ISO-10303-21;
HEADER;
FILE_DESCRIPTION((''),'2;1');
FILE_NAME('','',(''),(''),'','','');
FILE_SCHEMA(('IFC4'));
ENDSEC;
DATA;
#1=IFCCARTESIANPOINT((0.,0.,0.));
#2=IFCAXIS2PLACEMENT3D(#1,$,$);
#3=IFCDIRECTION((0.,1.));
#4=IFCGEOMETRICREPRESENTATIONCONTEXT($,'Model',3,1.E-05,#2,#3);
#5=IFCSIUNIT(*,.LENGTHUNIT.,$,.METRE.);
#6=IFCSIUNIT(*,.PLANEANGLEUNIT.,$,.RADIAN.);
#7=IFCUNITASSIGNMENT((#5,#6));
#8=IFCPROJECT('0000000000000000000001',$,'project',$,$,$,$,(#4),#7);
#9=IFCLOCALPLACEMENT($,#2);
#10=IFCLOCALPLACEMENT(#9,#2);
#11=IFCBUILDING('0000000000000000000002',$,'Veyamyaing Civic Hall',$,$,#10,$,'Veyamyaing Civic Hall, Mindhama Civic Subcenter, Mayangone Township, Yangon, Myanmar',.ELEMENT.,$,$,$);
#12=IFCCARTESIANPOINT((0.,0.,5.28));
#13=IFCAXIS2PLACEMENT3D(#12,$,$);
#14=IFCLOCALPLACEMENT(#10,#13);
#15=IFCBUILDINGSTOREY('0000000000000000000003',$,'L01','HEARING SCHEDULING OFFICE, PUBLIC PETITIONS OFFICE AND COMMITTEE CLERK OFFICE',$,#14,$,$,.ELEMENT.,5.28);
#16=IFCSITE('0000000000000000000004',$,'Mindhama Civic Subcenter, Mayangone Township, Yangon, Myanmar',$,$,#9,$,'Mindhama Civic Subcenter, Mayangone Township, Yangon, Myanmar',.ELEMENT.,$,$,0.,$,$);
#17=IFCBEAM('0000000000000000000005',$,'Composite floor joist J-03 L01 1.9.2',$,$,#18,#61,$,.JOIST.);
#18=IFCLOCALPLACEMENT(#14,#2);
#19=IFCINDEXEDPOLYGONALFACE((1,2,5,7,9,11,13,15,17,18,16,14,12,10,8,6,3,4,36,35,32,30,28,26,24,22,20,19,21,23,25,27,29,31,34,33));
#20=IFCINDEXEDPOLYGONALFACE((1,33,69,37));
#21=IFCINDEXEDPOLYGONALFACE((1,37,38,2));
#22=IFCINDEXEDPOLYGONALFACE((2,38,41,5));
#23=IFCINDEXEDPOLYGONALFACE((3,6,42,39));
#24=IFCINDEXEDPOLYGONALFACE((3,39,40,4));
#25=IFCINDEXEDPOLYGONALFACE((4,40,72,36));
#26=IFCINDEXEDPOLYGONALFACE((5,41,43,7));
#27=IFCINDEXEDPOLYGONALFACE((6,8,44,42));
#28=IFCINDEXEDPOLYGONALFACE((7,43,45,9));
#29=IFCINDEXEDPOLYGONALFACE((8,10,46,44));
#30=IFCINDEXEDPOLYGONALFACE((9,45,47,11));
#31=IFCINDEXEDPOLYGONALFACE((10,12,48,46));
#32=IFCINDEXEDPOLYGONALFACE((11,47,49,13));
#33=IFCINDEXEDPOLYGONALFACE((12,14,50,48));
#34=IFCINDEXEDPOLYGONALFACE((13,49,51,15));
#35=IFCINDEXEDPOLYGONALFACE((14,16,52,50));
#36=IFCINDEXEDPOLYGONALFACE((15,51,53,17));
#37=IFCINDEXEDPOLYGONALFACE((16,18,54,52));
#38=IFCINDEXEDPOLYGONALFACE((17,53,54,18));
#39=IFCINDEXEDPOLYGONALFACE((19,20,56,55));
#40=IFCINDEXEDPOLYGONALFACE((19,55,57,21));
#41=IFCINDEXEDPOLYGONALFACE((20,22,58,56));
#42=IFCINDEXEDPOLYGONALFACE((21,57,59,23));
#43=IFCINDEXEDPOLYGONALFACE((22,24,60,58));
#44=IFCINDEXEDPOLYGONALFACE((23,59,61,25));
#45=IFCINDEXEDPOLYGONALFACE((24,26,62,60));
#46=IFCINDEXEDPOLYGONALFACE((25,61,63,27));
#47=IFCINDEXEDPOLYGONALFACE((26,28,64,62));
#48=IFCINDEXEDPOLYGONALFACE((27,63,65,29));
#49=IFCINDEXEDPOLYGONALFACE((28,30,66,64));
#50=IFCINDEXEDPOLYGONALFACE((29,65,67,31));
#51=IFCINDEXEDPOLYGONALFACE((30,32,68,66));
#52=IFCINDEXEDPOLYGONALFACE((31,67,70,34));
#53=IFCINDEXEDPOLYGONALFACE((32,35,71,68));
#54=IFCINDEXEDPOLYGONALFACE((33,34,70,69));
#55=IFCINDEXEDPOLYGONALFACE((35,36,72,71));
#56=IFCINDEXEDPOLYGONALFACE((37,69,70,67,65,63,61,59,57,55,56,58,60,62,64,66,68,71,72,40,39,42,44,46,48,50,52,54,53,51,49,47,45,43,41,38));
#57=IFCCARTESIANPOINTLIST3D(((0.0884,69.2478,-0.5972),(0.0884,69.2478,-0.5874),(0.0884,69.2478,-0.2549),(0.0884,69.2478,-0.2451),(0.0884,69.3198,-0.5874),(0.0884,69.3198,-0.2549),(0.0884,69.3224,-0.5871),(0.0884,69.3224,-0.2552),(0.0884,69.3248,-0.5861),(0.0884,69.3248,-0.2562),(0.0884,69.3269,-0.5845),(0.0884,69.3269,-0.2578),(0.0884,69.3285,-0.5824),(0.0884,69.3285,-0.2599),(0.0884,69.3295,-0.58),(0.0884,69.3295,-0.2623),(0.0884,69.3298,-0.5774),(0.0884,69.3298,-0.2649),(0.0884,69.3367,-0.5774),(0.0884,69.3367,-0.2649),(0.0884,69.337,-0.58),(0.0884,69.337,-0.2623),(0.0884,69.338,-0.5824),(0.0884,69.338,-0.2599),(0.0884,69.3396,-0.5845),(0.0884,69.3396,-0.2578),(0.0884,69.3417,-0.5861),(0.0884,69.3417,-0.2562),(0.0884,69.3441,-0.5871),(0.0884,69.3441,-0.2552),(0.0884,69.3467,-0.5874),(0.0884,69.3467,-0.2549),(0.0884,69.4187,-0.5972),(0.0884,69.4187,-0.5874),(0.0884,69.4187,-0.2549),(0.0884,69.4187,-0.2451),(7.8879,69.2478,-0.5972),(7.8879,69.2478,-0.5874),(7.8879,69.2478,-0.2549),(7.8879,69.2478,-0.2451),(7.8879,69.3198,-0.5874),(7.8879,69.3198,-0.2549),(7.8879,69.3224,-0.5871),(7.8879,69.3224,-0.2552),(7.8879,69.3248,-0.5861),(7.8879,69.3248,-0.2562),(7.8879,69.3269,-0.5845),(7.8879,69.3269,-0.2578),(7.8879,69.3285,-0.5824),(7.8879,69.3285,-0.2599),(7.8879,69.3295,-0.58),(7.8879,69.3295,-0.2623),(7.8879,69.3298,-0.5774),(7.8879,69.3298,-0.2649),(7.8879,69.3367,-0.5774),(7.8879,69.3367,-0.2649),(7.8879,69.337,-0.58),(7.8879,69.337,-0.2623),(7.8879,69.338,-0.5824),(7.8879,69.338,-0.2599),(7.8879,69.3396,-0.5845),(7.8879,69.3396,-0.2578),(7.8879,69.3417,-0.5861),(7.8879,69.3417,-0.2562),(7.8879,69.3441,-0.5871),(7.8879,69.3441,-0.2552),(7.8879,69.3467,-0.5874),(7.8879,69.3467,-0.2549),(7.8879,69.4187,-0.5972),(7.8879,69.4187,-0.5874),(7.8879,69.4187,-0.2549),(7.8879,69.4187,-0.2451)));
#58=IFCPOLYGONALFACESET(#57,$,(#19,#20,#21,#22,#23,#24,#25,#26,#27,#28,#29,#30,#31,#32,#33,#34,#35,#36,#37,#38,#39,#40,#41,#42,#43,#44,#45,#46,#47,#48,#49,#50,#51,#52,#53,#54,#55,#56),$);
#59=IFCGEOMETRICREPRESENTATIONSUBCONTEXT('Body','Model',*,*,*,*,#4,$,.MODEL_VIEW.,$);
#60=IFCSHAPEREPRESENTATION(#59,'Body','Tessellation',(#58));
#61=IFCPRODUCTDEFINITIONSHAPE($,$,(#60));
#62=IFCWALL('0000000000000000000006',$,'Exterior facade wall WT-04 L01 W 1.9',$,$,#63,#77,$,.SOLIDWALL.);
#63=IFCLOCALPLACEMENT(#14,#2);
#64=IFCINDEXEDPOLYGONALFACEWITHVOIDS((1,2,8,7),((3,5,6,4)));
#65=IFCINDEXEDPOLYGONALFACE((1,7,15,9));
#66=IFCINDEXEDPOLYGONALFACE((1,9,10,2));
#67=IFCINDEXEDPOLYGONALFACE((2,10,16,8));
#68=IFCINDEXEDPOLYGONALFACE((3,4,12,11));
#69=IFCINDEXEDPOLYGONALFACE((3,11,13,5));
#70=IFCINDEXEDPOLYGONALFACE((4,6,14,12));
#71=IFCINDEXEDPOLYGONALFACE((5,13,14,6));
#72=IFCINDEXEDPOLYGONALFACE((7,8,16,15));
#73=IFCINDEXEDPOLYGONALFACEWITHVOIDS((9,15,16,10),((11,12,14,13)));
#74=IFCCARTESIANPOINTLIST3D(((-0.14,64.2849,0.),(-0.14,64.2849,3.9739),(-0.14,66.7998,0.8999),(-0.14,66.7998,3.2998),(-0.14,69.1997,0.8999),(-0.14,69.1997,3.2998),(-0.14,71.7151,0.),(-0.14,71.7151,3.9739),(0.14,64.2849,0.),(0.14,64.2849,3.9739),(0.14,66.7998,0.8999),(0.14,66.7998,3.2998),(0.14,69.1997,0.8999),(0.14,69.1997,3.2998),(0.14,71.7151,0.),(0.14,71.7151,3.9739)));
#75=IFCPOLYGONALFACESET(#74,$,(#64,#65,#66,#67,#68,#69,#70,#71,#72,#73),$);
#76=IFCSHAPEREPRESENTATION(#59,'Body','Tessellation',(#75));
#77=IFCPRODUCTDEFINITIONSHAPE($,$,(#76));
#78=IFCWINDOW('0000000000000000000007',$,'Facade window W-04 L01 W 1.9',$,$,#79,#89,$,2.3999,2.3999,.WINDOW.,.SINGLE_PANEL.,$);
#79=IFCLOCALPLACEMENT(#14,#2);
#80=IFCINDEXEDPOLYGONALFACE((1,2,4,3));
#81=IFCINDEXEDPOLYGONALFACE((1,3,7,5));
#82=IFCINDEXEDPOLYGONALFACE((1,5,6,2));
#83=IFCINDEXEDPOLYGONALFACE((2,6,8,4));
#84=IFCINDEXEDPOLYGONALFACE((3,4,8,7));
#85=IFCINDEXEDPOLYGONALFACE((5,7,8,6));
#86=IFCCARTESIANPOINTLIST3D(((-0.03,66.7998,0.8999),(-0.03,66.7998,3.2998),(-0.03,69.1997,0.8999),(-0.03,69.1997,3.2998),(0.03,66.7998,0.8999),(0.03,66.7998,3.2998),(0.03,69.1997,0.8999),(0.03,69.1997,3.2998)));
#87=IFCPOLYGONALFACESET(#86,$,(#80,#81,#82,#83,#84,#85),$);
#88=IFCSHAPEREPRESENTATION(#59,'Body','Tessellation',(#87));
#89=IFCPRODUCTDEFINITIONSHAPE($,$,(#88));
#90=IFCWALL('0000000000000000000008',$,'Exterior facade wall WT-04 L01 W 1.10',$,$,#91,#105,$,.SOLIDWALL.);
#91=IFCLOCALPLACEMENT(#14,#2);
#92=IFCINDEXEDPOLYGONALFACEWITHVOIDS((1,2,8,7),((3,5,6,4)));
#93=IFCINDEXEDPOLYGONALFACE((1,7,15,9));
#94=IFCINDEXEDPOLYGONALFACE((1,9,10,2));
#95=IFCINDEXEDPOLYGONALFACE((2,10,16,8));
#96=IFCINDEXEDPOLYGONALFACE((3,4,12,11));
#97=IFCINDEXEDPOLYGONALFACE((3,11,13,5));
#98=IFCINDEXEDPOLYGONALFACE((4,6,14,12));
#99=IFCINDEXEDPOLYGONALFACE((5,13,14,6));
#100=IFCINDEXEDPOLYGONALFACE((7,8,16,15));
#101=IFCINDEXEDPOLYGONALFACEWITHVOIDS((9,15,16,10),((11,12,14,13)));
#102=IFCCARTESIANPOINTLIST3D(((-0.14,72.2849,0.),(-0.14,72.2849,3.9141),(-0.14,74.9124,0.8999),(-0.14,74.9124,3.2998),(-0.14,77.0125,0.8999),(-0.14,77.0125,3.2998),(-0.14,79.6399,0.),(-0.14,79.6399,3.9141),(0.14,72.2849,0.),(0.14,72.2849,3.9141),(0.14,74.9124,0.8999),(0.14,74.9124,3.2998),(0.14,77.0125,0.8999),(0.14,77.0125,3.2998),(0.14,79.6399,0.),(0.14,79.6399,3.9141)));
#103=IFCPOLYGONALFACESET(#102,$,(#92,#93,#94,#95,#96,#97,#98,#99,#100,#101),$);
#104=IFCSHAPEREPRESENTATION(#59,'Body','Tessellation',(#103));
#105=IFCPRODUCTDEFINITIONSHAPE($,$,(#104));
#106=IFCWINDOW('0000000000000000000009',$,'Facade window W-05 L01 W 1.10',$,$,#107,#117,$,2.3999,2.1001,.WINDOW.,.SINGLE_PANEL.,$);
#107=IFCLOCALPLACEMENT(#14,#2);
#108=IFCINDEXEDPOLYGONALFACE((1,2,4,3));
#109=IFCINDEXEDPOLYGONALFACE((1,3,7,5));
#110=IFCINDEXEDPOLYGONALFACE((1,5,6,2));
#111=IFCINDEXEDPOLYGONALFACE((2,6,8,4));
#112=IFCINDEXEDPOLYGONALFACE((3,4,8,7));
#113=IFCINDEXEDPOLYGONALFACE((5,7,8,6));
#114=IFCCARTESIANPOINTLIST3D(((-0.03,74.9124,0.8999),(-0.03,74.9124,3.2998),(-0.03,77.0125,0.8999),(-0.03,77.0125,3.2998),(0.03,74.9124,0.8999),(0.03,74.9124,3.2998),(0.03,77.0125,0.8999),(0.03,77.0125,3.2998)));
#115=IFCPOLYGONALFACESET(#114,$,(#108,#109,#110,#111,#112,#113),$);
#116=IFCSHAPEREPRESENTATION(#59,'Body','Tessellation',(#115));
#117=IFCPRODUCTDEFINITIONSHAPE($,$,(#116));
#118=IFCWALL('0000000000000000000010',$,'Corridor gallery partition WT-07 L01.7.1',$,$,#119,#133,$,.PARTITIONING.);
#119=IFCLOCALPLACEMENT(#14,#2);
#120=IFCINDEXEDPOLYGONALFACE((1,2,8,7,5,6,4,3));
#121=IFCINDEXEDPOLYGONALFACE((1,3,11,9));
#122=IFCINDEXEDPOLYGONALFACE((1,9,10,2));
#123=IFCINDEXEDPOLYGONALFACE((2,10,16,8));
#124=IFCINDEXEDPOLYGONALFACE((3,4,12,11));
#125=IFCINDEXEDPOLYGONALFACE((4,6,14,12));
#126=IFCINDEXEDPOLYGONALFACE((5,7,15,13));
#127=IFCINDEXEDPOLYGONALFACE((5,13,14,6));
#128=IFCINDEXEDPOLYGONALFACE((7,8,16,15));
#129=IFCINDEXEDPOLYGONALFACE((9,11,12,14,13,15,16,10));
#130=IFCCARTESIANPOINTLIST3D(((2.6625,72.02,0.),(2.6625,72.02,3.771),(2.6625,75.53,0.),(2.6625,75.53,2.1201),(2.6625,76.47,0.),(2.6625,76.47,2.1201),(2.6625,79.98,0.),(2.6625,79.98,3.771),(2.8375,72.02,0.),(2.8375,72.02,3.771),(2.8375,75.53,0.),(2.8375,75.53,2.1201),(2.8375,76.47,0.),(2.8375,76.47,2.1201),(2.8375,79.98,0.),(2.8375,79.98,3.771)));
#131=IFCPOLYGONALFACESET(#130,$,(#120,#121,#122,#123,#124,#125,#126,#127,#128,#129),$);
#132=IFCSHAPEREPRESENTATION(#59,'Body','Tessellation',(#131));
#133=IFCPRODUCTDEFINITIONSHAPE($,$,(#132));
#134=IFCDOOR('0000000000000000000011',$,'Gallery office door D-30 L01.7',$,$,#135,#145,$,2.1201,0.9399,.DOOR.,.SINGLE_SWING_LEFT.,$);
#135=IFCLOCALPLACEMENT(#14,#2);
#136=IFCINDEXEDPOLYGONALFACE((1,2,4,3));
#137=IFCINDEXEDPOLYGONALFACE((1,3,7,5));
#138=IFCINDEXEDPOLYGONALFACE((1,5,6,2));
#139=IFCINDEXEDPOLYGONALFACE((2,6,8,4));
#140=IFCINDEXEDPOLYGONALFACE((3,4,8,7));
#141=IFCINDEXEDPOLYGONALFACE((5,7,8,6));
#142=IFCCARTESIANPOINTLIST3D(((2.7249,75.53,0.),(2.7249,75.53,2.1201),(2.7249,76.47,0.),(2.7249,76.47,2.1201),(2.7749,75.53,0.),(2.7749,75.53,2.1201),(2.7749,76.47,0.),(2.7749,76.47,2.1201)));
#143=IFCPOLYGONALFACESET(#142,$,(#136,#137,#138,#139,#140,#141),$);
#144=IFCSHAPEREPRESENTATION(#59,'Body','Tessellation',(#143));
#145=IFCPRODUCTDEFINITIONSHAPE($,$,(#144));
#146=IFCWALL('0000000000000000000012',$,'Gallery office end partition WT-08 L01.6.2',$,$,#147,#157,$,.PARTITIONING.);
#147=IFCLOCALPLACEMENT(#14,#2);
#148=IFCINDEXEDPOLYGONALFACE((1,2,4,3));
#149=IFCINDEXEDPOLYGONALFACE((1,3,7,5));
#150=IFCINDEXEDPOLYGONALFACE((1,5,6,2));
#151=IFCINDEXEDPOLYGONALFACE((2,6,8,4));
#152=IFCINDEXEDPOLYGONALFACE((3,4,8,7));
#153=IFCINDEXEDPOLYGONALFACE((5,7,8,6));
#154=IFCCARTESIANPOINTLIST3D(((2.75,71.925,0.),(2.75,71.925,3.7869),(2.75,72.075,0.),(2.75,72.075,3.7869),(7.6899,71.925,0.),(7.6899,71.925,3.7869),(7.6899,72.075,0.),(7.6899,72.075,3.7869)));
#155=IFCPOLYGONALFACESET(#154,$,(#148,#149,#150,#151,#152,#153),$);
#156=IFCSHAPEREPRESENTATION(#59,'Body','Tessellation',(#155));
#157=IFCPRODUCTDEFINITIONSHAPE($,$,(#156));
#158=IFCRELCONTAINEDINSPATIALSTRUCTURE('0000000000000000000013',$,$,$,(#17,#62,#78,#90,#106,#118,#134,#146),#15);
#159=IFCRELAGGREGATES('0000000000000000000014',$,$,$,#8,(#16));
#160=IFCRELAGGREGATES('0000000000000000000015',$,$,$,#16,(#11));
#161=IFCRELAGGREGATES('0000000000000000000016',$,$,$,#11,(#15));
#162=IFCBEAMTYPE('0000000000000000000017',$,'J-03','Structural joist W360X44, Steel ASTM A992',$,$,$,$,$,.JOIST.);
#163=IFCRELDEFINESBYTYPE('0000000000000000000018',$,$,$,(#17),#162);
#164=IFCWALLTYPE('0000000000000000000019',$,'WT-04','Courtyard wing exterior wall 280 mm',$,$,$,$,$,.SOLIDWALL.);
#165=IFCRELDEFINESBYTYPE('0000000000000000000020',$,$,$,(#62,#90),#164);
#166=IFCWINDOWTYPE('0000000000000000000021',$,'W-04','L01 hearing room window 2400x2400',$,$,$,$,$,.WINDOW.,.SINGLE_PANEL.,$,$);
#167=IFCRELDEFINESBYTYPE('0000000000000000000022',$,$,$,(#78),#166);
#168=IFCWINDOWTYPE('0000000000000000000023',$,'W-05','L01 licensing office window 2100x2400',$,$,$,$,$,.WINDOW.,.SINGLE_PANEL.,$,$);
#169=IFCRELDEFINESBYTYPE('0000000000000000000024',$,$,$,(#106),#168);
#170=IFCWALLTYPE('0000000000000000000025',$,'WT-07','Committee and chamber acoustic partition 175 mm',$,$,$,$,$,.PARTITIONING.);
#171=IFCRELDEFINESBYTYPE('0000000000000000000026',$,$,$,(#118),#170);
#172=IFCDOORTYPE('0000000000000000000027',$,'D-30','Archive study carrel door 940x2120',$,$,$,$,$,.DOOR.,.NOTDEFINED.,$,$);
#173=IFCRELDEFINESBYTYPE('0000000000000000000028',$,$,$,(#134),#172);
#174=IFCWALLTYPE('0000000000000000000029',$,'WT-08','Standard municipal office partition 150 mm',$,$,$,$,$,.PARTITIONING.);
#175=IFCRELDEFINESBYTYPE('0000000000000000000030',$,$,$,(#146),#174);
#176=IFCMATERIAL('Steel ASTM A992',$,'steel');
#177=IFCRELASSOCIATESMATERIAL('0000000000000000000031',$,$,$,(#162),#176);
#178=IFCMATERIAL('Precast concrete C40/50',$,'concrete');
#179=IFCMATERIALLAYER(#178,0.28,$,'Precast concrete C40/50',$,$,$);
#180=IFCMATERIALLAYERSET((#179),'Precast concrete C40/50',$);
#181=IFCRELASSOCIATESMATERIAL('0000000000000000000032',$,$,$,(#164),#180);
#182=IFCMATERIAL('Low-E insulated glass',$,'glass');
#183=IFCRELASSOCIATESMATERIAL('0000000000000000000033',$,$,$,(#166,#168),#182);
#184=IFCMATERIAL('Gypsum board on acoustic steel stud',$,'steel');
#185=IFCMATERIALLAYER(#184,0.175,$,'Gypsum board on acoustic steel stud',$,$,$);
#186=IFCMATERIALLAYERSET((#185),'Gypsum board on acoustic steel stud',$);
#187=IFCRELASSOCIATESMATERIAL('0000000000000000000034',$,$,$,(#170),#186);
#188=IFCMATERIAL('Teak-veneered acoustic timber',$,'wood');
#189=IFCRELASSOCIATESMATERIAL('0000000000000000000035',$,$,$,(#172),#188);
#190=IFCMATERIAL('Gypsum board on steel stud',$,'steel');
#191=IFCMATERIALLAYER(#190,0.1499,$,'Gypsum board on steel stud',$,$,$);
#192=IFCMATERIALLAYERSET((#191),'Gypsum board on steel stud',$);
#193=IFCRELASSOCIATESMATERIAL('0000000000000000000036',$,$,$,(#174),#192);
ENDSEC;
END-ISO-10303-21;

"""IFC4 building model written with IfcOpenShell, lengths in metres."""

from ifc_helpers import new_model, si_unit, direction, frame, frame_2d, origin, origin_2d, place, context, subcontext, project, spatial, rectangle, i_section, extrude, material, layer, layer_set, material_profile, profile_set, type_object, element, fill, save


model = new_model("IFC4")

# Units and contexts
model_context = context("Model", 3, precision=1e-05, world=origin(), true_north=direction((0.0, 1.0)))
body_context = subcontext(model_context, "Body", "Model", "MODEL_VIEW")
ifc_project = project(units=[si_unit("LENGTHUNIT", "METRE"), si_unit("PLANEANGLEUNIT", "RADIAN")], contexts=[model_context])

# Site, building, storey
site_placement = place(None, origin())
site = spatial("IfcSite", under=ifc_project, at=site_placement, Name="Mindhama Civic Subcenter, Mayangone Township, Yangon, Myanmar", LongName="Mindhama Civic Subcenter, Mayangone Township, Yangon, Myanmar", CompositionType="ELEMENT", RefElevation=0.0)
building_placement = place(site_placement, origin())
building = spatial("IfcBuilding", under=site, at=building_placement, Name="Veyamyaing Civic Hall", LongName="Veyamyaing Civic Hall, Mindhama Civic Subcenter, Mayangone Township, Yangon, Myanmar", CompositionType="ELEMENT")
storey_placement = place(building_placement, frame((0.0, 0.0, 5.28)))
storey = spatial("IfcBuildingStorey", under=building, at=storey_placement, Name="L01", Description="HEARING SCHEDULING OFFICE, PUBLIC PETITIONS OFFICE AND COMMITTEE CLERK OFFICE", CompositionType="ELEMENT", Elevation=5.28)

# Beam
ifc_material_1 = material(Name="Steel ASTM A992", Category="steel")
ifc_material_profile_1 = material_profile(ifc_material_1, i_section(OverallWidth=0.1709, OverallDepth=0.3521, WebThickness=0.0068, FlangeThickness=0.0098, FilletRadius=0.01, at=origin_2d()), Name="W360X44")
ifc_profile_set_1 = profile_set([ifc_material_profile_1], Name="Steel ASTM A992")
beam_type_1 = type_object("IfcBeamType", Name="J-03", Description="Structural joist W360X44, Steel ASTM A992", PredefinedType="JOIST", material=ifc_profile_set_1)
for number, where, z_axis, x_axis, name in (
    (1, (0.0884, 69.3333, -0.4211), (1.0, 0.0, 0.0), (0.0, 1.0, 0.0), "Composite floor joist J-03 L01 1.9.2"),
):
    element("IfcBeam", number, at=place(storey_placement, frame(where, z_axis=z_axis, x_axis=x_axis)), inside=storey, type_object=beam_type_1, Name=name, PredefinedType="JOIST", context=body_context, shape_type="SweptSolid", body=[
        extrude(i_section(OverallWidth=0.1709, OverallDepth=0.3521, WebThickness=0.0068, FlangeThickness=0.0098, FilletRadius=0.01, at=origin_2d()), origin(), (0.0, 0.0, 1.0), 7.7996),
    ])

# Walls, openings, windows
ifc_material_2 = material(Name="Precast concrete C40/50", Category="concrete")
ifc_layer_1 = layer(ifc_material_2, 0.28, Name="Precast concrete C40/50")
ifc_layer_set_1 = layer_set([ifc_layer_1], Name="Precast concrete C40/50")
wall_type_1 = type_object("IfcWallType", Name="WT-04", Description="Courtyard wing exterior wall 280 mm", PredefinedType="SOLIDWALL", material=ifc_layer_set_1)
wall_1_placement = place(storey_placement, frame((0.0, 64.2849, 0.0), z_axis=(0.0, 0.0, 1.0), x_axis=(0.0, 1.0, 0.0)))
wall_1 = element("IfcWall", 2, at=wall_1_placement, inside=storey, type_object=wall_type_1, Name="Exterior facade wall WT-04 L01 W 1.9", PredefinedType="SOLIDWALL", context=body_context, shape_type="SweptSolid", body=[
    extrude(rectangle(XDim=7.4302, YDim=0.28, at=frame_2d((3.7151, 0.0))), origin(), (0.0, 0.0, 1.0), 3.9739),
])
opening_1_placement = place(wall_1_placement, frame((2.5149, 0.0, 0.8999)))
opening_1 = element("IfcOpeningElement", 3, at=opening_1_placement, cuts=wall_1, PredefinedType="OPENING", context=body_context, shape_type="SweptSolid", body=[
    extrude(rectangle(XDim=2.3999, YDim=2.3999, at=frame_2d((1.2, 1.2))), frame((0.0, 0.1499, 0.0), z_axis=(0.0, -1.0, 0.0), x_axis=(1.0, 0.0, 0.0)), (0.0, 0.0, 1.0), 0.3),
])
ifc_material_3 = material(Name="Low-E insulated glass", Category="glass")
window_type_1 = type_object("IfcWindowType", Name="W-04", Description="L01 hearing room window 2400x2400", PartitioningType="SINGLE_PANEL", PredefinedType="WINDOW", material=ifc_material_3)
window_1_placement = place(opening_1_placement, origin())
window_1 = element("IfcWindow", 4, at=window_1_placement, inside=storey, type_object=window_type_1, Name="Facade window W-04 L01 W 1.9", OverallHeight=2.3999, OverallWidth=2.3999, PartitioningType="SINGLE_PANEL", PredefinedType="WINDOW", context=body_context, shape_type="SweptSolid", body=[
    extrude(rectangle(XDim=2.3999, YDim=2.3999, at=frame_2d((1.2, 1.2))), frame((0.0, 0.03, 0.0), z_axis=(0.0, -1.0, 0.0), x_axis=(1.0, 0.0, 0.0)), (0.0, 0.0, 1.0), 0.0601),
])
fill(opening_1, window_1)
wall_2_placement = place(storey_placement, frame((0.0, 72.2849, 0.0), z_axis=(0.0, 0.0, 1.0), x_axis=(0.0, 1.0, 0.0)))
wall_2 = element("IfcWall", 5, at=wall_2_placement, inside=storey, type_object=wall_type_1, Name="Exterior facade wall WT-04 L01 W 1.10", PredefinedType="SOLIDWALL", context=body_context, shape_type="SweptSolid", body=[
    extrude(rectangle(XDim=7.355, YDim=0.28, at=frame_2d((3.6775, 0.0))), origin(), (0.0, 0.0, 1.0), 3.9141),
])
opening_2_placement = place(wall_2_placement, frame((2.6274, 0.0, 0.8999)))
opening_2 = element("IfcOpeningElement", 6, at=opening_2_placement, cuts=wall_2, PredefinedType="OPENING", context=body_context, shape_type="SweptSolid", body=[
    extrude(rectangle(XDim=2.1001, YDim=2.3999, at=frame_2d((1.05, 1.2))), frame((0.0, 0.1499, 0.0), z_axis=(0.0, -1.0, 0.0), x_axis=(1.0, 0.0, 0.0)), (0.0, 0.0, 1.0), 0.3),
])
window_type_2 = type_object("IfcWindowType", Name="W-05", Description="L01 licensing office window 2100x2400", PartitioningType="SINGLE_PANEL", PredefinedType="WINDOW", material=ifc_material_3)
window_2_placement = place(opening_2_placement, origin())
window_2 = element("IfcWindow", 7, at=window_2_placement, inside=storey, type_object=window_type_2, Name="Facade window W-05 L01 W 1.10", OverallHeight=2.3999, OverallWidth=2.1001, PartitioningType="SINGLE_PANEL", PredefinedType="WINDOW", context=body_context, shape_type="SweptSolid", body=[
    extrude(rectangle(XDim=2.1001, YDim=2.3999, at=frame_2d((1.05, 1.2))), frame((0.0, 0.03, 0.0), z_axis=(0.0, -1.0, 0.0), x_axis=(1.0, 0.0, 0.0)), (0.0, 0.0, 1.0), 0.0601),
])
fill(opening_2, window_2)

# Wall, opening, door
ifc_material_4 = material(Name="Gypsum board on acoustic steel stud", Category="steel")
ifc_layer_2 = layer(ifc_material_4, 0.175, Name="Gypsum board on acoustic steel stud")
ifc_layer_set_2 = layer_set([ifc_layer_2], Name="Gypsum board on acoustic steel stud")
wall_type_2 = type_object("IfcWallType", Name="WT-07", Description="Committee and chamber acoustic partition 175 mm", PredefinedType="PARTITIONING", material=ifc_layer_set_2)
wall_3_placement = place(storey_placement, frame((2.75, 72.02, 0.0), z_axis=(0.0, 0.0, 1.0), x_axis=(0.0, 1.0, 0.0)))
wall_3 = element("IfcWall", 8, at=wall_3_placement, inside=storey, type_object=wall_type_2, Name="Corridor gallery partition WT-07 L01.7.1", PredefinedType="PARTITIONING", context=body_context, shape_type="SweptSolid", body=[
    extrude(rectangle(XDim=7.96, YDim=0.175, at=frame_2d((3.98, 0.0))), origin(), (0.0, 0.0, 1.0), 3.771),
])
opening_3_placement = place(wall_3_placement, frame((3.51, 0.0, 0.0)))
opening_3 = element("IfcOpeningElement", 9, at=opening_3_placement, cuts=wall_3, PredefinedType="OPENING", context=body_context, shape_type="SweptSolid", body=[
    extrude(rectangle(XDim=0.9399, YDim=2.1201, at=frame_2d((0.47, 1.0601))), frame((0.0, 0.0974, 0.0), z_axis=(0.0, -1.0, 0.0), x_axis=(1.0, 0.0, 0.0)), (0.0, 0.0, 1.0), 0.1951),
])
ifc_material_5 = material(Name="Teak-veneered acoustic timber", Category="wood")
door_type_1 = type_object("IfcDoorType", Name="D-30", Description="Archive study carrel door 940x2120", OperationType="NOTDEFINED", PredefinedType="DOOR", material=ifc_material_5)
door_1_placement = place(opening_3_placement, frame((0.9399, 0.0, 0.0), z_axis=(0.0, 0.0, 1.0), x_axis=(-1.0, 0.0, 0.0)))
door_1 = element("IfcDoor", 10, at=door_1_placement, inside=storey, type_object=door_type_1, Name="Gallery office door D-30 L01.7", OperationType="SINGLE_SWING_LEFT", OverallHeight=2.1201, OverallWidth=0.9399, PredefinedType="DOOR", context=body_context, shape_type="SweptSolid", body=[
    extrude(rectangle(XDim=0.9399, YDim=2.1201, at=frame_2d((0.47, 1.0601))), frame((0.0, 0.0249, 0.0), z_axis=(0.0, -1.0, 0.0), x_axis=(1.0, 0.0, 0.0)), (0.0, 0.0, 1.0), 0.05),
])
fill(opening_3, door_1)

# Wall
ifc_material_6 = material(Name="Gypsum board on steel stud", Category="steel")
ifc_layer_3 = layer(ifc_material_6, 0.1499, Name="Gypsum board on steel stud")
ifc_layer_set_3 = layer_set([ifc_layer_3], Name="Gypsum board on steel stud")
wall_type_3 = type_object("IfcWallType", Name="WT-08", Description="Standard municipal office partition 150 mm", PredefinedType="PARTITIONING", material=ifc_layer_set_3)
wall_4_placement = place(storey_placement, frame((2.75, 72.0, 0.0), z_axis=(0.0, 0.0, 1.0), x_axis=(1.0, 0.0, 0.0)))
element("IfcWall", 11, at=wall_4_placement, inside=storey, type_object=wall_type_3, Name="Gallery office end partition WT-08 L01.6.2", PredefinedType="PARTITIONING", context=body_context, shape_type="SweptSolid", body=[
    extrude(rectangle(XDim=4.9399, YDim=0.1499, at=frame_2d((2.47, 0.0))), origin(), (0.0, 0.0, 1.0), 3.7869),
])

save(model, "model.ifc")
